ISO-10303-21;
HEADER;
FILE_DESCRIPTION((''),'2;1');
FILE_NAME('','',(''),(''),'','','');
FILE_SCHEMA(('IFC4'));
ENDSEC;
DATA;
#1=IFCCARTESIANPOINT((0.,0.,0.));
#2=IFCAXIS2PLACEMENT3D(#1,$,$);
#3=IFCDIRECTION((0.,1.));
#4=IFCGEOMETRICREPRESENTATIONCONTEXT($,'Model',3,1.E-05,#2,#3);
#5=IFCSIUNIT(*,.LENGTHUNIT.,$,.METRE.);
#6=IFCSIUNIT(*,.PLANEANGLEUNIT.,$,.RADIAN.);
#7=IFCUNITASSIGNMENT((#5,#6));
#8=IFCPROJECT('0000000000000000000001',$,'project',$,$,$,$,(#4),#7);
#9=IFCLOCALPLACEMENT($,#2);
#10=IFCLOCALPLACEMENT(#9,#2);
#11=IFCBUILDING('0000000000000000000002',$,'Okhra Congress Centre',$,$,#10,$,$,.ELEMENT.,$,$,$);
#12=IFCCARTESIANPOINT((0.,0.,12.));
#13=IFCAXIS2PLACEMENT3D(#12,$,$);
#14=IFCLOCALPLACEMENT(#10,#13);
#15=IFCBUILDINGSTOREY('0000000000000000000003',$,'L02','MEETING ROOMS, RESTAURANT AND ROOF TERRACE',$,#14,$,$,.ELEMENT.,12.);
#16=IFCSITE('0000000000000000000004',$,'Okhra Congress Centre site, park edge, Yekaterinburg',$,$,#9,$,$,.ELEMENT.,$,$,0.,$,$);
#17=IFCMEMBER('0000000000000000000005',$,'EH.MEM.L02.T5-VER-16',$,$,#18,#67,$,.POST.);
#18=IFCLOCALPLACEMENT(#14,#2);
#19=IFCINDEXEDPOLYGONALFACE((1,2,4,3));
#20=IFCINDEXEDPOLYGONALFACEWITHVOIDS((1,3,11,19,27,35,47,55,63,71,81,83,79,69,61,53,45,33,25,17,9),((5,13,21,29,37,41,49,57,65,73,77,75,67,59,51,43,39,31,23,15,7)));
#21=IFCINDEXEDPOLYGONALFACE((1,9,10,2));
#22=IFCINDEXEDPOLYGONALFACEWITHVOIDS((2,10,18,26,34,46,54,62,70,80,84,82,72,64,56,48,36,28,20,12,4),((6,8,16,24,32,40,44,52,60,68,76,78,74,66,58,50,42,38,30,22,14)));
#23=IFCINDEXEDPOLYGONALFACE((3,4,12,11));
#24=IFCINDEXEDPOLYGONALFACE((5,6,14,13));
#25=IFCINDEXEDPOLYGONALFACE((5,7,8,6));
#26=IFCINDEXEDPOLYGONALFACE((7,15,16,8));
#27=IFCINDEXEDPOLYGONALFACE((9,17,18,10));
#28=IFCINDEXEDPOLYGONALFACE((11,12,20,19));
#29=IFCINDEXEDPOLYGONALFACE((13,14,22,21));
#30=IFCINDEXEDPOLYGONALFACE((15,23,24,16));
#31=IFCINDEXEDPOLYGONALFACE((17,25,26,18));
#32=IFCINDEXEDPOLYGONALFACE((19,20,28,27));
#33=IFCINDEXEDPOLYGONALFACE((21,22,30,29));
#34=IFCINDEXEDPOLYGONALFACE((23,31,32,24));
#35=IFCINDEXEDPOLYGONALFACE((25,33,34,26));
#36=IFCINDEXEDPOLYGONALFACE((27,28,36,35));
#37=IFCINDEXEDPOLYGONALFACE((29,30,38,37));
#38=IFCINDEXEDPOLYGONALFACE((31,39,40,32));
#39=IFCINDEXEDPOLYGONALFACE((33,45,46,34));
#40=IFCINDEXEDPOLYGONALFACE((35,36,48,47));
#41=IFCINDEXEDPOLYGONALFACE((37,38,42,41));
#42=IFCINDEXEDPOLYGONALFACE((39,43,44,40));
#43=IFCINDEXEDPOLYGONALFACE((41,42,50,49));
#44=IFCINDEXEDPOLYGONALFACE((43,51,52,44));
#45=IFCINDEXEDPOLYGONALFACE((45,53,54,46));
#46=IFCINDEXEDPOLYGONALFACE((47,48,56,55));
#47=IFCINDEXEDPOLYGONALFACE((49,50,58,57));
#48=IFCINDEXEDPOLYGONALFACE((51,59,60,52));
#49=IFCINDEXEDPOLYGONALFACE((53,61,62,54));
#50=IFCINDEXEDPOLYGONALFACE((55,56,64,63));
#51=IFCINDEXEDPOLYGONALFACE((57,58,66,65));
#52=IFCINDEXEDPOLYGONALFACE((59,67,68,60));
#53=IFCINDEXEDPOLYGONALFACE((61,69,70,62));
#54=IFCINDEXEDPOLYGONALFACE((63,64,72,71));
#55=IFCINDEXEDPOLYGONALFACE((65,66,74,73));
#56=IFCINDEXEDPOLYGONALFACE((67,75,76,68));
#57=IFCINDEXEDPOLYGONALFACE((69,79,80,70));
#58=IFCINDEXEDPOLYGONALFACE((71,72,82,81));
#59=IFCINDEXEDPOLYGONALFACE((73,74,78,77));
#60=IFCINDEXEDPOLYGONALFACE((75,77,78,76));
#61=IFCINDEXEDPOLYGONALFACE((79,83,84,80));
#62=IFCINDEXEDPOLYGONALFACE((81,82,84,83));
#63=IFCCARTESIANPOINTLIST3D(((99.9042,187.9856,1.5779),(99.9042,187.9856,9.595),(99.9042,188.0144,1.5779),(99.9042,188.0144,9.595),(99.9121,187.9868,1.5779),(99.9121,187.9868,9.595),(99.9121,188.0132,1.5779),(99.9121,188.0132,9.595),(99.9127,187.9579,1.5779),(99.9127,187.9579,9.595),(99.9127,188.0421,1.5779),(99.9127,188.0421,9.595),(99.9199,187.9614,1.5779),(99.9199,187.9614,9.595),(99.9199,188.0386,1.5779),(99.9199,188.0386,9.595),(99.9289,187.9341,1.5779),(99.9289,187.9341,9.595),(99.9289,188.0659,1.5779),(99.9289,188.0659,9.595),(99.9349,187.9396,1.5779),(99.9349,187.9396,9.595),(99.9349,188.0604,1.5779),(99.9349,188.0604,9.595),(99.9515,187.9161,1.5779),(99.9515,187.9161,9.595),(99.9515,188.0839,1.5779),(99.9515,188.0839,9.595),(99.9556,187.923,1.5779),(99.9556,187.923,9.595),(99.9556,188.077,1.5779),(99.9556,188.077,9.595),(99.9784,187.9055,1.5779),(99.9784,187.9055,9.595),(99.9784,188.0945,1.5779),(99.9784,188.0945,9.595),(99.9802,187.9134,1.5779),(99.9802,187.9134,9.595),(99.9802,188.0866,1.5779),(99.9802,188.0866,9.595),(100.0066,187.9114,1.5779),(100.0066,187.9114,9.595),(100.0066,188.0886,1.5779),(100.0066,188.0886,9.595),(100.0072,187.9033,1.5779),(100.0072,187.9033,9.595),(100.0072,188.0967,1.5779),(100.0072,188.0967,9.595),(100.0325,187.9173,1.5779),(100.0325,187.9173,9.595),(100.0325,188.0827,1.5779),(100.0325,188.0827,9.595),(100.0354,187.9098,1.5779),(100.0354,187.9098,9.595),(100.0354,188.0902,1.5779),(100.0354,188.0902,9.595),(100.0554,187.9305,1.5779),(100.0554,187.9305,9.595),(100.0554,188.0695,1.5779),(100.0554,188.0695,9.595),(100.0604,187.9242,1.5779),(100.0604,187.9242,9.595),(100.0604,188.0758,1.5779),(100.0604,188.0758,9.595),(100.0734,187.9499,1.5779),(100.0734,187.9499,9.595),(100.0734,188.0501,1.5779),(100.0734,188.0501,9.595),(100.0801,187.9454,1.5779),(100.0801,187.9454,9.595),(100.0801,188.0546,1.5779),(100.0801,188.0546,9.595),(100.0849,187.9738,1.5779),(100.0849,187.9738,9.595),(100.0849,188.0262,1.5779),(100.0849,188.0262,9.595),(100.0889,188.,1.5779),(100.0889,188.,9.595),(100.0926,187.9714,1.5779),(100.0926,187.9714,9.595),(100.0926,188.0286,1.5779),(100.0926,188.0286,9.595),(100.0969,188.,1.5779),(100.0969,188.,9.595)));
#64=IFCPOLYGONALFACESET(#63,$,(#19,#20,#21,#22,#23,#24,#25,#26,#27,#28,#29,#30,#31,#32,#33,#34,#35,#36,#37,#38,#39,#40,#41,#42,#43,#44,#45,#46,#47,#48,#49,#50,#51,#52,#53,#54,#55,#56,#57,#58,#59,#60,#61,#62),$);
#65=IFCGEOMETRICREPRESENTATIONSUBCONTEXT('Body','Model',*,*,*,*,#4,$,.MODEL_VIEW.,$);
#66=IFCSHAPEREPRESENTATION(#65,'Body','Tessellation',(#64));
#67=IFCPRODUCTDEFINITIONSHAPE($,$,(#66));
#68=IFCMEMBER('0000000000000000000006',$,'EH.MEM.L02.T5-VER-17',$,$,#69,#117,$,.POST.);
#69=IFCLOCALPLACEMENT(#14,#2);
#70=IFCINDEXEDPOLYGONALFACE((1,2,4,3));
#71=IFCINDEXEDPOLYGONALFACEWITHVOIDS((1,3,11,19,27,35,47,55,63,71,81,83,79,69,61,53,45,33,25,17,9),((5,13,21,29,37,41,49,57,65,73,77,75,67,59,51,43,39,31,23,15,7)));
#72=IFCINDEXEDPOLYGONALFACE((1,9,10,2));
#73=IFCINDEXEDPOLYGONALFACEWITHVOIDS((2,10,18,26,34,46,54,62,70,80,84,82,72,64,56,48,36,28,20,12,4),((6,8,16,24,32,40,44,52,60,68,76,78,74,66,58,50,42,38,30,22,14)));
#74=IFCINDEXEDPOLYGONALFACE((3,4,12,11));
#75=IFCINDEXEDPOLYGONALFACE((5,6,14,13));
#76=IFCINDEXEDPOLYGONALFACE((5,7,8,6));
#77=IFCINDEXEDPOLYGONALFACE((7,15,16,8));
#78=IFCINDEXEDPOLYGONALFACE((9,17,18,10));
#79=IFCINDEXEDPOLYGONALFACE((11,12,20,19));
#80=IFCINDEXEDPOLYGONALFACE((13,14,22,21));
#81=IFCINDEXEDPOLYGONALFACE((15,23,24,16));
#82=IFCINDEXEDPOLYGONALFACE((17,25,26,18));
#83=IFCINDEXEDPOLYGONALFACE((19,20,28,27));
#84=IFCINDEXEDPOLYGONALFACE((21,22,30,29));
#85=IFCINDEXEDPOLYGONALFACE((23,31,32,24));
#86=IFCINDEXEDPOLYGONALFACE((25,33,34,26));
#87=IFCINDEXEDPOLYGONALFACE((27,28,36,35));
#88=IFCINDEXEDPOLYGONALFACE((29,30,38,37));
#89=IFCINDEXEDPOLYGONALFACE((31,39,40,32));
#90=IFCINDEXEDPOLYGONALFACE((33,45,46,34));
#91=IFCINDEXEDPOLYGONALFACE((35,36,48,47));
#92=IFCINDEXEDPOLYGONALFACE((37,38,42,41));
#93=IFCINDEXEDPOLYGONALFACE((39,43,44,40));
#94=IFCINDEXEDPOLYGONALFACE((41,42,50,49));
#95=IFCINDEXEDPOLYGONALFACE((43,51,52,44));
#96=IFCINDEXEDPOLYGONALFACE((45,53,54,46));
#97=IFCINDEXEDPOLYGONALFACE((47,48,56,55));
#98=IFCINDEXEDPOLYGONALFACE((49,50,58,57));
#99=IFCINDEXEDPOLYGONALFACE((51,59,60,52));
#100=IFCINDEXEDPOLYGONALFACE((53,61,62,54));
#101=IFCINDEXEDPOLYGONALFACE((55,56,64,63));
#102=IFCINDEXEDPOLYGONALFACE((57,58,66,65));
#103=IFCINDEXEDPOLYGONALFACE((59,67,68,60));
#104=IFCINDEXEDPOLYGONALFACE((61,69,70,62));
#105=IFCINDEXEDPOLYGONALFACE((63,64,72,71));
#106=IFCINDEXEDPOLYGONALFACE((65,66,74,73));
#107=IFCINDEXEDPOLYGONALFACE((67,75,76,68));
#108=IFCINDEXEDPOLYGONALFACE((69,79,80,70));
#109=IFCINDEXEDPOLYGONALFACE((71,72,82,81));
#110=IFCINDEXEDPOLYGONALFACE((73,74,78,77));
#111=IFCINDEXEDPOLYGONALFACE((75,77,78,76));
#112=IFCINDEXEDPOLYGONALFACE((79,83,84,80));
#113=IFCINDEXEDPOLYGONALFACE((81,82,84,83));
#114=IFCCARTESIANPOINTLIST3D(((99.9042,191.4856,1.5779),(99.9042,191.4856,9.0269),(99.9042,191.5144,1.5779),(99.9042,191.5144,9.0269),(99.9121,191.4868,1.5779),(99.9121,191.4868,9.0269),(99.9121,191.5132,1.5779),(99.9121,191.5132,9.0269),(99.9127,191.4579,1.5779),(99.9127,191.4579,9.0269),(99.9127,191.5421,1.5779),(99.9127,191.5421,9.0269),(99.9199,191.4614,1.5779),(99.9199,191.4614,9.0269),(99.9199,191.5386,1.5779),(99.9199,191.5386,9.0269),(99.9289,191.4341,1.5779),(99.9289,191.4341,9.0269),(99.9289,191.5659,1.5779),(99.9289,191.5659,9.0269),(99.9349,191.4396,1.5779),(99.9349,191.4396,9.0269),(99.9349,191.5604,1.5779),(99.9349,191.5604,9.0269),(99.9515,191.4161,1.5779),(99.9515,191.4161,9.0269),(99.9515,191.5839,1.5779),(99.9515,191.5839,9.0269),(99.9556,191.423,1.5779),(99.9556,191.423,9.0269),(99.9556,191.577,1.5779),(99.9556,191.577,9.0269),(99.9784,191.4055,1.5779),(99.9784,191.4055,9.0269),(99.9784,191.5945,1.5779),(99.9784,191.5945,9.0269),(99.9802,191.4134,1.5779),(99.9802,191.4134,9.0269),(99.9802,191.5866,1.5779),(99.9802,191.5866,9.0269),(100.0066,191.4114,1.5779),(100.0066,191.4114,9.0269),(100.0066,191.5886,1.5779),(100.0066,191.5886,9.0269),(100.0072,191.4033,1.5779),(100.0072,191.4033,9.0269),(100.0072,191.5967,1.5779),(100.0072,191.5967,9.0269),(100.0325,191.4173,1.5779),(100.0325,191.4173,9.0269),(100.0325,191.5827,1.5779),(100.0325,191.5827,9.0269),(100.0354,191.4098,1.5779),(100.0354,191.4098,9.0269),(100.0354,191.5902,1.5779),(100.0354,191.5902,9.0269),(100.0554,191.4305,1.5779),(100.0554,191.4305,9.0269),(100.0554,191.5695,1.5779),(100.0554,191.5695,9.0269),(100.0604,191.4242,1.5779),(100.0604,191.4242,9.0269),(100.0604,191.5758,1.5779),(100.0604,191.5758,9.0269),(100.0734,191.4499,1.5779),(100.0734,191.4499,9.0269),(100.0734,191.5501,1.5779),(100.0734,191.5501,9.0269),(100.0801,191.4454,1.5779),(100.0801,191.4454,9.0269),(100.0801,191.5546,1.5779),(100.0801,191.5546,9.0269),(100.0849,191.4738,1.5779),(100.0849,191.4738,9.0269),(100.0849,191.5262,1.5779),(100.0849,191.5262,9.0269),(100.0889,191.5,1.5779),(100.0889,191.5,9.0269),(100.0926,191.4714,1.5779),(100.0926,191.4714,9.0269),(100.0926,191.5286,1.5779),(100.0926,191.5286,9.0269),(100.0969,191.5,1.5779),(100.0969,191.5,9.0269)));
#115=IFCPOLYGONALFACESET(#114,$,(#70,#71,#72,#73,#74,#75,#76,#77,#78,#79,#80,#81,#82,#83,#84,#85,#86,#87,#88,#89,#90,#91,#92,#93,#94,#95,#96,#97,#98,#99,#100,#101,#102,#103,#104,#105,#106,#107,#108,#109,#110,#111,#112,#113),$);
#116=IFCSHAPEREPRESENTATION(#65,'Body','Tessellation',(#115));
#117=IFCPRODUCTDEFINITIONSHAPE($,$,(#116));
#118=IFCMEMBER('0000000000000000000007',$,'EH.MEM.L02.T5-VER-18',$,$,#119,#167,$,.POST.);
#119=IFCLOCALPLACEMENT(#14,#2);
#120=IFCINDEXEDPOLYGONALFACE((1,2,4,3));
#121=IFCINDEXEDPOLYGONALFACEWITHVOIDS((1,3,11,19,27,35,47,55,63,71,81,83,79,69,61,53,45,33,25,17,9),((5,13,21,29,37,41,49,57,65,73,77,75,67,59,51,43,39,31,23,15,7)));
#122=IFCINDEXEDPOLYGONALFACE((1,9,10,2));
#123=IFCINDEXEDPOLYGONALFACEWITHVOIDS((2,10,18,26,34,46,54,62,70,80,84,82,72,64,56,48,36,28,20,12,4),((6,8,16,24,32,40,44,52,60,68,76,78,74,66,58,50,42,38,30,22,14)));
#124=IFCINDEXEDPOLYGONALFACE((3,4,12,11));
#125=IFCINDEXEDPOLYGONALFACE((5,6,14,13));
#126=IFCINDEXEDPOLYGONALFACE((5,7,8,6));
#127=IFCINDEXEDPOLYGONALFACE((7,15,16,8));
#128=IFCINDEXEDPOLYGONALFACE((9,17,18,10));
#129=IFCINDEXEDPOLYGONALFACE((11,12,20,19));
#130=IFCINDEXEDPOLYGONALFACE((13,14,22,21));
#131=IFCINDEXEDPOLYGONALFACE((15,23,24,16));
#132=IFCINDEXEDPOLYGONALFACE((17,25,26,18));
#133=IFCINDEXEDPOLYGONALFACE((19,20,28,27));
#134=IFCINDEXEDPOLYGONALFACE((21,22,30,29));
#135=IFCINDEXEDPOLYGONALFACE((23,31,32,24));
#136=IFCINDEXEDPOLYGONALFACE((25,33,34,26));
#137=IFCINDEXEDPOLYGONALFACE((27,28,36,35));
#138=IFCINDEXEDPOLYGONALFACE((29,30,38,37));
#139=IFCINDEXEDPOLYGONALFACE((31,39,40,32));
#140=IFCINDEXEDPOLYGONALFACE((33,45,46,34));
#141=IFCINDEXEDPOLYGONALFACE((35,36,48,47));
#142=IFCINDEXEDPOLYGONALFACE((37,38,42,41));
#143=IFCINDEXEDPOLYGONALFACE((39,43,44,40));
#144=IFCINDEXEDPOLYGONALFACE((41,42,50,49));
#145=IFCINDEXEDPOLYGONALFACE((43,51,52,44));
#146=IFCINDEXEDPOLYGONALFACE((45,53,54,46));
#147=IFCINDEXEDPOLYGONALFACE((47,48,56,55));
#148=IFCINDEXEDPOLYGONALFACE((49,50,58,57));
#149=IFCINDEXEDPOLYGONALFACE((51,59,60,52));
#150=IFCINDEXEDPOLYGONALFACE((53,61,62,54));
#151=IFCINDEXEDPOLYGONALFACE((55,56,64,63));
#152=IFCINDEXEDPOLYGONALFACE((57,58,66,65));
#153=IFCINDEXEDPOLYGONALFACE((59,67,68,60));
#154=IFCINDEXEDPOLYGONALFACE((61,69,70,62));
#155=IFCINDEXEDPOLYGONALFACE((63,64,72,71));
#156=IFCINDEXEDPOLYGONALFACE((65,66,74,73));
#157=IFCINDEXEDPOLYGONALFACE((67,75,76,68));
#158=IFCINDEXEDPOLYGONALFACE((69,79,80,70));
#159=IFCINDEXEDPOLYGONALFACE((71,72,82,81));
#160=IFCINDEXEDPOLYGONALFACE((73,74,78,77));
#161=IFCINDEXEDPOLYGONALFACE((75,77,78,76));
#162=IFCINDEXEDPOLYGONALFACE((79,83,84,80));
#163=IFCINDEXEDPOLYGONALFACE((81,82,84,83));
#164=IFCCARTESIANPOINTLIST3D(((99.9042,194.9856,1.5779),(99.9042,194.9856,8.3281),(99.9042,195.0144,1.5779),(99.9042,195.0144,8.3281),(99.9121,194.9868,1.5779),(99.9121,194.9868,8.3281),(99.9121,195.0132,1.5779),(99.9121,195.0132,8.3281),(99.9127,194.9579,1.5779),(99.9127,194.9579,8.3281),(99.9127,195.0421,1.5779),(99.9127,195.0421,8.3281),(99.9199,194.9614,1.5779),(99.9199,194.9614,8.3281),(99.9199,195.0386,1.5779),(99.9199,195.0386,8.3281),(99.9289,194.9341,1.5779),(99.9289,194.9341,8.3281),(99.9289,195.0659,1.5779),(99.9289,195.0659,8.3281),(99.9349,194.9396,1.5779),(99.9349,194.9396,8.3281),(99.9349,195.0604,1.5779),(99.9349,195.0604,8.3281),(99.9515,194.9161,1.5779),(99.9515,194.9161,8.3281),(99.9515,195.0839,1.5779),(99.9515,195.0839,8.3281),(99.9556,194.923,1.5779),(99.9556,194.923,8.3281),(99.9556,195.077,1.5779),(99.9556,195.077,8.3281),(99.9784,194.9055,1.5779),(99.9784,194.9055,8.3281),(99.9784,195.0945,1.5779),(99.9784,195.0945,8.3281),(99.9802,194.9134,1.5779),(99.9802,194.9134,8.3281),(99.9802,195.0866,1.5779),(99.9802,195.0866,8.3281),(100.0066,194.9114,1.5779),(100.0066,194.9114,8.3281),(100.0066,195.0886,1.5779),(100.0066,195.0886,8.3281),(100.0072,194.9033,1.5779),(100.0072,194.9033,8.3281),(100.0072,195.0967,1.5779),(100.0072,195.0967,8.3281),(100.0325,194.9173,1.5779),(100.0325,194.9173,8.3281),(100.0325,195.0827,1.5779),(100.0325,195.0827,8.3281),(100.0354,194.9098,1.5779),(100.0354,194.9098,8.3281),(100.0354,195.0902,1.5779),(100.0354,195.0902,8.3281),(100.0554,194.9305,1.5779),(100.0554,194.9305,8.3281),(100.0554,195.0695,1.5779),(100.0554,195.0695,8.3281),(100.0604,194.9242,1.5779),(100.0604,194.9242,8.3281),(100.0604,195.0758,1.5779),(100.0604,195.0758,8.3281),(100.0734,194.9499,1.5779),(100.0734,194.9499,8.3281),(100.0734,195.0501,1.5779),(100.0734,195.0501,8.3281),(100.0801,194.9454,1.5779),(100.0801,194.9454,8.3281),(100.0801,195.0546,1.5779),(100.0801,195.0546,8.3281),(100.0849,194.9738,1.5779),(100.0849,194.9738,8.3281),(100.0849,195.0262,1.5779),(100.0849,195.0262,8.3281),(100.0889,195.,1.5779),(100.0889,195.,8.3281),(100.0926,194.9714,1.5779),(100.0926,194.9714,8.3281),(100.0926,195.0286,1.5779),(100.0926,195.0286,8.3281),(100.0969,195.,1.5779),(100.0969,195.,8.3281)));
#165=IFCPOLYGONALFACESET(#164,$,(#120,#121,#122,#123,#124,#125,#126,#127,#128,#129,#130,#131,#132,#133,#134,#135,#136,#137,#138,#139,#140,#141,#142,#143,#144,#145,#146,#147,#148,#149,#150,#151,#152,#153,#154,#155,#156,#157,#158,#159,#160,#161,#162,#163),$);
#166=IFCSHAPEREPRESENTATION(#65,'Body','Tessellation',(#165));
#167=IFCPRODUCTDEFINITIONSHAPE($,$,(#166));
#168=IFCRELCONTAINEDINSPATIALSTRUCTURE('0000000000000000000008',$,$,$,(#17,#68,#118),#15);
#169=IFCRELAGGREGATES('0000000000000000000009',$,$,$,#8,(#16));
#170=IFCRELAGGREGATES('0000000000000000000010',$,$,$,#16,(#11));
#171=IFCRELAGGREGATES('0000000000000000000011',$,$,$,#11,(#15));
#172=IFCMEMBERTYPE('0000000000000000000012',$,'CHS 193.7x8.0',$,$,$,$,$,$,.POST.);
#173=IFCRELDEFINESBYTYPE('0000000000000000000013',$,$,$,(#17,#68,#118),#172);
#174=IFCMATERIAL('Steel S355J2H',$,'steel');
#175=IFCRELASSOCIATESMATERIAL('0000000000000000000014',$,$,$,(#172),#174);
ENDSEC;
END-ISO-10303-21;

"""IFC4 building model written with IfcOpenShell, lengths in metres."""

from ifc_helpers import new_model, si_unit, direction, frame, origin, origin_2d, place, context, subcontext, project, spatial, hollow_circle, extrude, material, material_profile, profile_set, type_object, element, save


model = new_model("IFC4")

# Units and contexts
model_context = context("Model", 3, precision=1e-05, world=origin(), true_north=direction((0.0, 1.0)))
body_context = subcontext(model_context, "Body", "Model", "MODEL_VIEW")
ifc_project = project(units=[si_unit("LENGTHUNIT", "METRE"), si_unit("PLANEANGLEUNIT", "RADIAN")], contexts=[model_context])

# Site, building, storey
site_placement = place(None, origin())
site = spatial("IfcSite", under=ifc_project, at=site_placement, Name="Okhra Congress Centre site, park edge, Yekaterinburg", CompositionType="ELEMENT", RefElevation=0.0)
building_placement = place(site_placement, origin())
building = spatial("IfcBuilding", under=site, at=building_placement, Name="Okhra Congress Centre", CompositionType="ELEMENT")
storey_placement = place(building_placement, frame((0.0, 0.0, 12.0)))
storey = spatial("IfcBuildingStorey", under=building, at=storey_placement, Name="L02", Description="MEETING ROOMS, RESTAURANT AND ROOF TERRACE", CompositionType="ELEMENT", Elevation=12.0)

# Members
ifc_material_1 = material(Name="Steel S355J2H", Category="steel")
ifc_material_profile_1 = material_profile(ifc_material_1, hollow_circle(Radius=0.0969, WallThickness=0.0081, at=origin_2d()), Name="CHS 193.7x8.0")
ifc_profile_set_1 = profile_set([ifc_material_profile_1], Name="Steel S355J2H")
member_type_1 = type_object("IfcMemberType", Name="CHS 193.7x8.0", PredefinedType="POST", material=ifc_profile_set_1)
member_1_placement = place(storey_placement, frame((100.0, 188.0, 1.5779), z_axis=(0.0, 0.0, 1.0), x_axis=(1.0, 0.0, 0.0)))
element("IfcMember", 1, at=member_1_placement, inside=storey, type_object=member_type_1, Name="EH.MEM.L02.T5-VER-16", PredefinedType="POST", context=body_context, shape_type="SweptSolid", body=[
    extrude(hollow_circle(Radius=0.0969, WallThickness=0.0081, at=origin_2d()), origin(), (0.0, 0.0, 1.0), 8.0171),
])
member_2_placement = place(storey_placement, frame((100.0, 191.5, 1.5779), z_axis=(0.0, 0.0, 1.0), x_axis=(1.0, 0.0, 0.0)))
element("IfcMember", 2, at=member_2_placement, inside=storey, type_object=member_type_1, Name="EH.MEM.L02.T5-VER-17", PredefinedType="POST", context=body_context, shape_type="SweptSolid", body=[
    extrude(hollow_circle(Radius=0.0969, WallThickness=0.0081, at=origin_2d()), origin(), (0.0, 0.0, 1.0), 7.449),
])
member_3_placement = place(storey_placement, frame((100.0, 195.0, 1.5779), z_axis=(0.0, 0.0, 1.0), x_axis=(1.0, 0.0, 0.0)))
element("IfcMember", 3, at=member_3_placement, inside=storey, type_object=member_type_1, Name="EH.MEM.L02.T5-VER-18", PredefinedType="POST", context=body_context, shape_type="SweptSolid", body=[
    extrude(hollow_circle(Radius=0.0969, WallThickness=0.0081, at=origin_2d()), origin(), (0.0, 0.0, 1.0), 6.7502),
])

save(model, "model.ifc")
